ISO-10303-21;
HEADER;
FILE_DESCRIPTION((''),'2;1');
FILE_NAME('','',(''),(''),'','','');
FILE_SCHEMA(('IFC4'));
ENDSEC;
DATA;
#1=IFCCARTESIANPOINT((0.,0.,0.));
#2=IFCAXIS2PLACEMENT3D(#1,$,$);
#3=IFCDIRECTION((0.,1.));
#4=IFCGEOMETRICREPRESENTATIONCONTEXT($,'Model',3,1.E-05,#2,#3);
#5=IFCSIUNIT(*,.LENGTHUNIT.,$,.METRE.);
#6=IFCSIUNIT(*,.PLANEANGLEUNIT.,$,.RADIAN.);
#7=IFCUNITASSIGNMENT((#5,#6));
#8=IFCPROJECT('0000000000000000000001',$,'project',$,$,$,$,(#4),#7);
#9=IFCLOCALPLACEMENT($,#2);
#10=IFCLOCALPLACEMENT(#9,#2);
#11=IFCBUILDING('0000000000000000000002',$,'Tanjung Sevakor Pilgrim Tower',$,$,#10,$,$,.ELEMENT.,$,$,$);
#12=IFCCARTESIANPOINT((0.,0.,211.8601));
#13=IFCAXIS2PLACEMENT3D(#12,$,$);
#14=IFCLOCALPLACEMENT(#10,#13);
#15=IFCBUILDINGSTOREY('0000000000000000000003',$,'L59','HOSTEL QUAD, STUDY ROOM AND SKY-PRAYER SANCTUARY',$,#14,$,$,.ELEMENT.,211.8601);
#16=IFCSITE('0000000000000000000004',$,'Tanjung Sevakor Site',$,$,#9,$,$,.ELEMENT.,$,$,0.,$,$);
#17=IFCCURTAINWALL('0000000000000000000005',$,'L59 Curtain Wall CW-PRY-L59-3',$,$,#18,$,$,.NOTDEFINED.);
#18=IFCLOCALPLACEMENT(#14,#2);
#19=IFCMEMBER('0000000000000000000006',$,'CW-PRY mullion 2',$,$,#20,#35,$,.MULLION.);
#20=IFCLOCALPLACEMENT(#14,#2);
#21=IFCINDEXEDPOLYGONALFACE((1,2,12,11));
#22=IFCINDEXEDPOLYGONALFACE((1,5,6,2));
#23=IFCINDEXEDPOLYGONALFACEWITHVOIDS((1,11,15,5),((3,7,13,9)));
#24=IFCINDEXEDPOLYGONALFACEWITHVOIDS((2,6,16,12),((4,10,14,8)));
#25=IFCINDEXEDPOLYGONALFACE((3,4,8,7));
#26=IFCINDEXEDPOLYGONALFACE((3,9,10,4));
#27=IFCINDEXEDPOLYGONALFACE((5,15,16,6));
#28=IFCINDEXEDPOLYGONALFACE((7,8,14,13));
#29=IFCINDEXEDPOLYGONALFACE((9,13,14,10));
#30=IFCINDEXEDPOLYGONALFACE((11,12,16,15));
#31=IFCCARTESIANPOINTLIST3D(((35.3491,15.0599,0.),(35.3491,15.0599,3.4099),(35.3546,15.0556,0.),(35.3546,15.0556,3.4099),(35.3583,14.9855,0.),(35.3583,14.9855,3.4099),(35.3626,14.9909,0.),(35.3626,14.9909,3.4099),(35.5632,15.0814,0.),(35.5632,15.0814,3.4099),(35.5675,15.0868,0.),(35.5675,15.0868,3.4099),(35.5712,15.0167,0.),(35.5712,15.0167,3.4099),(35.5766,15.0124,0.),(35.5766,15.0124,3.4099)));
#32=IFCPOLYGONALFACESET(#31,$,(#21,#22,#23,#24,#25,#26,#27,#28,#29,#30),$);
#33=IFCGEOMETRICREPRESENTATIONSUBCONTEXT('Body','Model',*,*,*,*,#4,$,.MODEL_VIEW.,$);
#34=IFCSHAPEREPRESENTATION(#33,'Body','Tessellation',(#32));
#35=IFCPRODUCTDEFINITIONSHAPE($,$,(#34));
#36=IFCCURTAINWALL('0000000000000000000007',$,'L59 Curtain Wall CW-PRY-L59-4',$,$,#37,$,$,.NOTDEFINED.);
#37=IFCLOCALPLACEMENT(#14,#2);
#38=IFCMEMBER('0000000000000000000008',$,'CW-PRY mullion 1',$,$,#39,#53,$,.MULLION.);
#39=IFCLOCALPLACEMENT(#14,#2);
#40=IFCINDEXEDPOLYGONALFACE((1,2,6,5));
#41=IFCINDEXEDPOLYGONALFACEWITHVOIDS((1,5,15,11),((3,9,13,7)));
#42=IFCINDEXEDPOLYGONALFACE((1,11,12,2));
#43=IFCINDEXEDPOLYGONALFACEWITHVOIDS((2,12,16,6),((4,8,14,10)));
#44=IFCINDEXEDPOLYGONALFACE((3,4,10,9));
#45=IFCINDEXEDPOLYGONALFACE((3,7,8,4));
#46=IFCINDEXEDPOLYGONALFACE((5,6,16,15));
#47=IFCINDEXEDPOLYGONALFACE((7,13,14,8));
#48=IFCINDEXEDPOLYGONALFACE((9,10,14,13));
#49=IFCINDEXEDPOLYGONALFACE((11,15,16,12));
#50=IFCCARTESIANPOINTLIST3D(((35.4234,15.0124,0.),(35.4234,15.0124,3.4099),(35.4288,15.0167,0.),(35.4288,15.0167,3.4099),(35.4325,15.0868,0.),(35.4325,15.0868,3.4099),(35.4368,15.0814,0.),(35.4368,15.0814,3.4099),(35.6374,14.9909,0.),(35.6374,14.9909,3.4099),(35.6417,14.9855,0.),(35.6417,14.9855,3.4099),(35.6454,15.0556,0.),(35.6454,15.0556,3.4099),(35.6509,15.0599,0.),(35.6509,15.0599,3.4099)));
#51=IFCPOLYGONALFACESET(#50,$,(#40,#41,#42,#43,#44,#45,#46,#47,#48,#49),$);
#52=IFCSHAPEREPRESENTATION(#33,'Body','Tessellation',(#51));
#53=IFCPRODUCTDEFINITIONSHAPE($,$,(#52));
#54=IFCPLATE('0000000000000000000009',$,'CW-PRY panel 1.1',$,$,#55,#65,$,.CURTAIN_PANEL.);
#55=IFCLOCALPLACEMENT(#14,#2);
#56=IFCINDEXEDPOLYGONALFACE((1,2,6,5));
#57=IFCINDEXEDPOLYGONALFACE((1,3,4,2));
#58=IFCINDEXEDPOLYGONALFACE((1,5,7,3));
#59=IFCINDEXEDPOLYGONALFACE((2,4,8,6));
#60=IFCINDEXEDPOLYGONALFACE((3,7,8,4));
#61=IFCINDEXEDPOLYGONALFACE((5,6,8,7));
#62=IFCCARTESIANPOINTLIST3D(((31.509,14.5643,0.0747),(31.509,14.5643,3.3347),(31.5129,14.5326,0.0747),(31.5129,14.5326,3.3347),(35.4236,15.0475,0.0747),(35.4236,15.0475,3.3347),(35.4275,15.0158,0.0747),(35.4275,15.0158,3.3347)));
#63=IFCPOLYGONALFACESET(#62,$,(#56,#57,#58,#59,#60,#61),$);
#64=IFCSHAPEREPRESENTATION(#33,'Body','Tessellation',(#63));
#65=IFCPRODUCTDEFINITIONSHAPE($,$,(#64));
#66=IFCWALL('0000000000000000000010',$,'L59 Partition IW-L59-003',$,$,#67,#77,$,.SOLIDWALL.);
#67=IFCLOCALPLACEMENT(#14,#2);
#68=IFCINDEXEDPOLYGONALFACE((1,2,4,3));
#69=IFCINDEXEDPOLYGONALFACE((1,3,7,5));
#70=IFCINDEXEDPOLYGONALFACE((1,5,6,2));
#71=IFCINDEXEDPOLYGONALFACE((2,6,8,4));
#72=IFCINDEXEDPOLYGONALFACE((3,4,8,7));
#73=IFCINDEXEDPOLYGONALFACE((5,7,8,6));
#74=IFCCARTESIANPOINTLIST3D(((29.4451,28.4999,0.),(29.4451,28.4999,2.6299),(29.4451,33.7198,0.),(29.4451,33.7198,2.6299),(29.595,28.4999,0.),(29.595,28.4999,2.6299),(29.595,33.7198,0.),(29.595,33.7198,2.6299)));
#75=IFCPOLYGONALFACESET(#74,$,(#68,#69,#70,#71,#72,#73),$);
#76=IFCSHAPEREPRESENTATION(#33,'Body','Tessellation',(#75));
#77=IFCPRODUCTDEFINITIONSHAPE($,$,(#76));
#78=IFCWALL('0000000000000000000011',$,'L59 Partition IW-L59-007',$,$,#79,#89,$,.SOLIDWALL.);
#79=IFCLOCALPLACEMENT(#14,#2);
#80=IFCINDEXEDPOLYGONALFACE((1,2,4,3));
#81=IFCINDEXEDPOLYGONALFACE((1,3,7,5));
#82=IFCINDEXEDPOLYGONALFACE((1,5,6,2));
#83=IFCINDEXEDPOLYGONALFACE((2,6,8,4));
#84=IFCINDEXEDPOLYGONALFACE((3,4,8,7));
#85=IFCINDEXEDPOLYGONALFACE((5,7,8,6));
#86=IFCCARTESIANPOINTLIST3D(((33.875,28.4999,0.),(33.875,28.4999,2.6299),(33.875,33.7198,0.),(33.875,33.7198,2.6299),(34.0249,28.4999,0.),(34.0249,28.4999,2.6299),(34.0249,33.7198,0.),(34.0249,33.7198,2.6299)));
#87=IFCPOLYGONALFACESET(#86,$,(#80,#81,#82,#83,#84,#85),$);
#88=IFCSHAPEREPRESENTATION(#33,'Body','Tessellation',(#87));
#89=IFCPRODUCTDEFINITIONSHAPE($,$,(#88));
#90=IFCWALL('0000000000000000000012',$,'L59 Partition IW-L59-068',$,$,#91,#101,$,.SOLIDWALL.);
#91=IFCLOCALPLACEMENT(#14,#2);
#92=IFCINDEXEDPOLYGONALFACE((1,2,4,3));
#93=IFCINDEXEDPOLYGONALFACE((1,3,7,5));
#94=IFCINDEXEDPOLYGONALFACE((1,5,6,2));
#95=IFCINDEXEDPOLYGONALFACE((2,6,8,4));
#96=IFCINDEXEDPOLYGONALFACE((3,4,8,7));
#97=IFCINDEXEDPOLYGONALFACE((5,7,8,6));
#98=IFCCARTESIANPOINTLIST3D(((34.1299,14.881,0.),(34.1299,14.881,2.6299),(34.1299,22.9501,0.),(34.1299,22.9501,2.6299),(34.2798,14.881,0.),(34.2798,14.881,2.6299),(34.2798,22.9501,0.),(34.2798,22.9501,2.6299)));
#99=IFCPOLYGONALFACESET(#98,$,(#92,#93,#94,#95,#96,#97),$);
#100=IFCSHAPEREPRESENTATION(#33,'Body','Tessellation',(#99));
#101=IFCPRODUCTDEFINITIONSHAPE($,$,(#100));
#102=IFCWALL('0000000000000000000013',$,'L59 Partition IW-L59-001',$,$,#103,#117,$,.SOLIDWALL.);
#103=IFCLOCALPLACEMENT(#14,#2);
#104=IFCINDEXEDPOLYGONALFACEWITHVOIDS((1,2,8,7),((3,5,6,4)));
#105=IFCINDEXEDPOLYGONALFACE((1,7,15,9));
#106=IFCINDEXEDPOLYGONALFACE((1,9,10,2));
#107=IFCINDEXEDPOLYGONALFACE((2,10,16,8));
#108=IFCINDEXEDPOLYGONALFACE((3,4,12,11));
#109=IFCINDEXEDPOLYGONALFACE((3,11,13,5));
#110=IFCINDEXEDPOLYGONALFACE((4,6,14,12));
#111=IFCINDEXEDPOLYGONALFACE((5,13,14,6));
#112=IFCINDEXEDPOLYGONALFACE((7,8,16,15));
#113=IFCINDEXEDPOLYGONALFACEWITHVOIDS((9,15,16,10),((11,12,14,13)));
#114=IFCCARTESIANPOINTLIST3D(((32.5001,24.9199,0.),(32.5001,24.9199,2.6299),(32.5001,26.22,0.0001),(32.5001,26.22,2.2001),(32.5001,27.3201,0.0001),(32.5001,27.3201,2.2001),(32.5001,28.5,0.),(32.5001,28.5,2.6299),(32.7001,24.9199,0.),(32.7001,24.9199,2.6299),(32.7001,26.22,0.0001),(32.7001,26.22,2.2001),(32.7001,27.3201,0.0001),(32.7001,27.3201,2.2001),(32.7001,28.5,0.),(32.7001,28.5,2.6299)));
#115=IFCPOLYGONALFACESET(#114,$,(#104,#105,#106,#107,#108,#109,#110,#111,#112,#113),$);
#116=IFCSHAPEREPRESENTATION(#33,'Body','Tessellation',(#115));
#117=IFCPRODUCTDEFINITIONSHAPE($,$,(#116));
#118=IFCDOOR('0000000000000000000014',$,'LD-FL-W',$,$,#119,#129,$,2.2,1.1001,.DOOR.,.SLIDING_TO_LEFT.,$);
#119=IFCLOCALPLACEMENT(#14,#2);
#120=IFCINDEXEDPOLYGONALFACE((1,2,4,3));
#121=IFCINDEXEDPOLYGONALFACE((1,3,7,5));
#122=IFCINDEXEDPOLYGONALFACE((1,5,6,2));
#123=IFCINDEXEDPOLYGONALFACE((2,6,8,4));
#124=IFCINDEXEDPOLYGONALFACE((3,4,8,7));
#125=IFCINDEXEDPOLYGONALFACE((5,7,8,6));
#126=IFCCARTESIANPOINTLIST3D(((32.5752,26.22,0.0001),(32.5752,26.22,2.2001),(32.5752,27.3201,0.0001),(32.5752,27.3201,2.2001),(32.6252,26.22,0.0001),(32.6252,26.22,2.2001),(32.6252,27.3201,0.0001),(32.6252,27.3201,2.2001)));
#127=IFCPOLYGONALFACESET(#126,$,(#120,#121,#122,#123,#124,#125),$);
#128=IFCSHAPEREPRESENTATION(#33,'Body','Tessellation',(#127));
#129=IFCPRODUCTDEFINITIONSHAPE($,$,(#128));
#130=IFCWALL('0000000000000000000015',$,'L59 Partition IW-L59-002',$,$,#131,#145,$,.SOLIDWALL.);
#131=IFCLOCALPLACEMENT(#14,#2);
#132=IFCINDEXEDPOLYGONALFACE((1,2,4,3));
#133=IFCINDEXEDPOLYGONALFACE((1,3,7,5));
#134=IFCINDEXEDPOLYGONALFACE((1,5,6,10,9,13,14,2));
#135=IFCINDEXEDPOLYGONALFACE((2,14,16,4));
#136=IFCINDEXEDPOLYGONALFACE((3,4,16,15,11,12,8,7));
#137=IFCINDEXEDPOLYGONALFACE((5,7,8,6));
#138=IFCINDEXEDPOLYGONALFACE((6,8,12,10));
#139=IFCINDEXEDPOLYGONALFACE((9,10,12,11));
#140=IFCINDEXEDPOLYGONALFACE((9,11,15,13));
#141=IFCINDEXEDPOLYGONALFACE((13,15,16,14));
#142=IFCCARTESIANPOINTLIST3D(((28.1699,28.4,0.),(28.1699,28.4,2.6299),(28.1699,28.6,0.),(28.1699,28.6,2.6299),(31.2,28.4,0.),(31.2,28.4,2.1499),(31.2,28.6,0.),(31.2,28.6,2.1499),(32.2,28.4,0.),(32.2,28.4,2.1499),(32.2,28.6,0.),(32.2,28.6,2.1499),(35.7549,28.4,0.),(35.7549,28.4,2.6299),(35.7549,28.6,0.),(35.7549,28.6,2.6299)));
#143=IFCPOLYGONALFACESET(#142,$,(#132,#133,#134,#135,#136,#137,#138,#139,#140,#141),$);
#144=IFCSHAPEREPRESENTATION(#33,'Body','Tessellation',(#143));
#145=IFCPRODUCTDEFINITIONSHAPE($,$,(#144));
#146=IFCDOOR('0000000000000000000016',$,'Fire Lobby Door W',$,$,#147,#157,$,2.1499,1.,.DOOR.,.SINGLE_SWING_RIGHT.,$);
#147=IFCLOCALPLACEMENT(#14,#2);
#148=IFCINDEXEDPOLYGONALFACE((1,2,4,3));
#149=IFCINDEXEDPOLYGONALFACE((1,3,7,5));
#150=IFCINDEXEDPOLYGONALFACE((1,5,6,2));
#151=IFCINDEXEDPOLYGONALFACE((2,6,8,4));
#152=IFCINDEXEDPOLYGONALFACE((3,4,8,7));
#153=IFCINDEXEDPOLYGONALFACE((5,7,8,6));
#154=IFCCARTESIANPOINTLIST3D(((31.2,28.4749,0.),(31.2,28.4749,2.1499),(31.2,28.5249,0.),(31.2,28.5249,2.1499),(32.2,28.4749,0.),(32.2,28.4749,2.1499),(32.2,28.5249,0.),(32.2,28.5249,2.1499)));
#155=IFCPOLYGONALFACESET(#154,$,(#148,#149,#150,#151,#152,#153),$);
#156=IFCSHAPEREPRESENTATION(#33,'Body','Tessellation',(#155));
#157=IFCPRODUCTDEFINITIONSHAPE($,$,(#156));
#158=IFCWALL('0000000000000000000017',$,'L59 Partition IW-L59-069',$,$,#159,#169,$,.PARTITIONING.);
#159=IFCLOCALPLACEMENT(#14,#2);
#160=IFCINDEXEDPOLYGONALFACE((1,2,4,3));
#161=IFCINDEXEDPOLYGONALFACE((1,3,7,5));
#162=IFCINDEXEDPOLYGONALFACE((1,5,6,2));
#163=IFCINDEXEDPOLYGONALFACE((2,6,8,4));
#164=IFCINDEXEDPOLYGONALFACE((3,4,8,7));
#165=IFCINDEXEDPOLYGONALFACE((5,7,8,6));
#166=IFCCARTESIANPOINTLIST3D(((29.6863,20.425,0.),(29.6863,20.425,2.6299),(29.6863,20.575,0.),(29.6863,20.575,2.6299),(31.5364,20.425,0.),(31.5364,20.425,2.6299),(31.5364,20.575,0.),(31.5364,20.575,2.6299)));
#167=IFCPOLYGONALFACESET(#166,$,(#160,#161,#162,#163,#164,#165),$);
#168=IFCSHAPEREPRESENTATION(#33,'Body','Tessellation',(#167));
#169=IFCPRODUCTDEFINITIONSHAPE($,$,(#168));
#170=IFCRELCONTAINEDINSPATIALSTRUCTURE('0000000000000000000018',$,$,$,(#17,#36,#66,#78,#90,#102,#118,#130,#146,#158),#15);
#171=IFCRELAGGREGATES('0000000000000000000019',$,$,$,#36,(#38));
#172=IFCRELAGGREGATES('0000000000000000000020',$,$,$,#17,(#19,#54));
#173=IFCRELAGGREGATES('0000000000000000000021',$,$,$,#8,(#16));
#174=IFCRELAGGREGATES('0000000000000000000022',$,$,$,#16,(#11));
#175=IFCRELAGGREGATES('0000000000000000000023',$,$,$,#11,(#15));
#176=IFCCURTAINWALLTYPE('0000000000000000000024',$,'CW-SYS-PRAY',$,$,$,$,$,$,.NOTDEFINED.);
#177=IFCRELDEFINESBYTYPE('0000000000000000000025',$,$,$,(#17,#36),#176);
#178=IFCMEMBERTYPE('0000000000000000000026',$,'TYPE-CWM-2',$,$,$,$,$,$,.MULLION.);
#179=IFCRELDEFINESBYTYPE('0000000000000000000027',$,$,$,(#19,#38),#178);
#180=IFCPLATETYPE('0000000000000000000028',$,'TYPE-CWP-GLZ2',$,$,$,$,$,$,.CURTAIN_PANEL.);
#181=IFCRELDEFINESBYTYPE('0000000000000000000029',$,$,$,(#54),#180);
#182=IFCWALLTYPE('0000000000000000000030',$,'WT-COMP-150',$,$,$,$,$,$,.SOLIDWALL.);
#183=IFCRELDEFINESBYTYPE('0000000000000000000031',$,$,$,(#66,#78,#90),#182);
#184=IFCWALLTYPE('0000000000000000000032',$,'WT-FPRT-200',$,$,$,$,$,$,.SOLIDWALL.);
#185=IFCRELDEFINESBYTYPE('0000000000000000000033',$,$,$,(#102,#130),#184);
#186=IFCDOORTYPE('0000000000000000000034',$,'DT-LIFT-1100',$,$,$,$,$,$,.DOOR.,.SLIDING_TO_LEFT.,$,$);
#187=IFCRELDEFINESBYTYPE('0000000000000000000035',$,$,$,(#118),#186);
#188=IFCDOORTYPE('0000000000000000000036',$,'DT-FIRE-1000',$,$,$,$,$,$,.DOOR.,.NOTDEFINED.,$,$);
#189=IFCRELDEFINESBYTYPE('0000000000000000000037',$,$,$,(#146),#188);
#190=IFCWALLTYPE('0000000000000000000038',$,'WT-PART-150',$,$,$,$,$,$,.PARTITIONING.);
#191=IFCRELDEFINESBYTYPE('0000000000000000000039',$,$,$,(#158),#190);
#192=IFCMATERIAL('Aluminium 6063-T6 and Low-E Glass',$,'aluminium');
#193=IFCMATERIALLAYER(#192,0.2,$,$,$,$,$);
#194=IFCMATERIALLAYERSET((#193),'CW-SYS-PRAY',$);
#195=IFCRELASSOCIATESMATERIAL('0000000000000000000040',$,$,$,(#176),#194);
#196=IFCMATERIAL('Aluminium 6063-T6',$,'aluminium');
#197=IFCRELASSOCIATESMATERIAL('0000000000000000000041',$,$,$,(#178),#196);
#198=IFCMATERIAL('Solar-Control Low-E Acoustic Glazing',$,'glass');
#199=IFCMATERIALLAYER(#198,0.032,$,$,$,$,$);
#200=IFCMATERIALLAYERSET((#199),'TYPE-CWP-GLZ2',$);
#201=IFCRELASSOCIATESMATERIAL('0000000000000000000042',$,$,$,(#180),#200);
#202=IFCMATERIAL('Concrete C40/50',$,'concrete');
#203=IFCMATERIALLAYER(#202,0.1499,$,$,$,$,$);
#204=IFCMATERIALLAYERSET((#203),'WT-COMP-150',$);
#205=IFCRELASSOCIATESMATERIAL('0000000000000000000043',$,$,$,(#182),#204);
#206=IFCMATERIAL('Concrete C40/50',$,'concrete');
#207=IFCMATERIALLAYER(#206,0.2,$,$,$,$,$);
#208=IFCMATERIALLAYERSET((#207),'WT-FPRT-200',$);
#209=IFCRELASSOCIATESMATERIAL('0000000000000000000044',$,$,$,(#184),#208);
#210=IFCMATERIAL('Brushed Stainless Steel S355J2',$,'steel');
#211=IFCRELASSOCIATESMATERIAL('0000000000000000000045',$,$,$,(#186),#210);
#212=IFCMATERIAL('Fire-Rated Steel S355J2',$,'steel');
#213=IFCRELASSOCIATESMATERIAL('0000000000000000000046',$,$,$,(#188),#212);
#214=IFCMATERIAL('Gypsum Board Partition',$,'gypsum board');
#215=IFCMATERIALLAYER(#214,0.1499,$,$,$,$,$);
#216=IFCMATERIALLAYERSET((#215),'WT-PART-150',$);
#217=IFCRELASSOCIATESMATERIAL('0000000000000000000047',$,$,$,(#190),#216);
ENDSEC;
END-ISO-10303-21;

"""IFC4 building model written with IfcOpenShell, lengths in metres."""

from ifc_helpers import new_model, si_unit, direction, frame, frame_2d, origin, origin_2d, place, context, subcontext, project, spatial, rectangle, hollow_rectangle, extrude, material, layer, layer_set, material_profile, profile_set, type_object, element, fill, aggregate, save


model = new_model("IFC4")

# Units and contexts
model_context = context("Model", 3, precision=1e-05, world=origin(), true_north=direction((0.0, 1.0)))
body_context = subcontext(model_context, "Body", "Model", "MODEL_VIEW")
ifc_project = project(units=[si_unit("LENGTHUNIT", "METRE"), si_unit("PLANEANGLEUNIT", "RADIAN")], contexts=[model_context])

# Site, building, storey
site_placement = place(None, origin())
site = spatial("IfcSite", under=ifc_project, at=site_placement, Name="Tanjung Sevakor Site", CompositionType="ELEMENT", RefElevation=0.0)
building_placement = place(site_placement, origin())
building = spatial("IfcBuilding", under=site, at=building_placement, Name="Tanjung Sevakor Pilgrim Tower", CompositionType="ELEMENT")
storey_placement = place(building_placement, frame((0.0, 0.0, 211.8601)))
storey = spatial("IfcBuildingStorey", under=building, at=storey_placement, Name="L59", Description="HOSTEL QUAD, STUDY ROOM AND SKY-PRAYER SANCTUARY", CompositionType="ELEMENT", Elevation=211.8601)

# Curtain walls, members
ifc_material_1 = material(Name="Aluminium 6063-T6 and Low-E Glass", Category="aluminium")
ifc_layer_1 = layer(ifc_material_1, 0.2)
ifc_layer_set_1 = layer_set([ifc_layer_1], Name="CW-SYS-PRAY")
curtain_wall_type = type_object("IfcCurtainWallType", Name="CW-SYS-PRAY", PredefinedType="NOTDEFINED", material=ifc_layer_set_1)
curtain_wall_1_placement = place(storey_placement, origin())
curtain_wall_1 = element("IfcCurtainWall", 1, at=curtain_wall_1_placement, inside=storey, type_object=curtain_wall_type, Name="L59 Curtain Wall CW-PRY-L59-3", PredefinedType="NOTDEFINED")
ifc_material_2 = material(Name="Aluminium 6063-T6", Category="aluminium")
ifc_material_profile = material_profile(ifc_material_2, hollow_rectangle(XDim=0.075, YDim=0.22, WallThickness=0.0049, at=origin_2d()))
ifc_profile_set = profile_set([ifc_material_profile], Name="Aluminium 6063-T6")
member_type = type_object("IfcMemberType", Name="TYPE-CWM-2", PredefinedType="MULLION", material=ifc_profile_set)
member_1_placement = place(storey_placement, frame((35.4629, 15.0361, 0.0), z_axis=(0.0, 0.0, 1.0), x_axis=(-0.122511, 0.992467, 0.0)))
member_1 = element("IfcMember", 2, at=member_1_placement, type_object=member_type, Name="CW-PRY mullion 2", PredefinedType="MULLION", context=body_context, shape_type="SweptSolid", body=[
    extrude(hollow_rectangle(XDim=0.075, YDim=0.22, WallThickness=0.0049, at=origin_2d()), origin(), (0.0, 0.0, 1.0), 3.4099),
])
curtain_wall_2_placement = place(storey_placement, origin())
curtain_wall_2 = element("IfcCurtainWall", 3, at=curtain_wall_2_placement, inside=storey, type_object=curtain_wall_type, Name="L59 Curtain Wall CW-PRY-L59-4", PredefinedType="NOTDEFINED")
member_2_placement = place(storey_placement, frame((35.5371, 15.0361, 0.0), z_axis=(0.0, 0.0, 1.0), x_axis=(0.122511, 0.992467, 0.0)))
member_2 = element("IfcMember", 4, at=member_2_placement, type_object=member_type, Name="CW-PRY mullion 1", PredefinedType="MULLION", context=body_context, shape_type="SweptSolid", body=[
    extrude(hollow_rectangle(XDim=0.075, YDim=0.22, WallThickness=0.0049, at=origin_2d()), origin(), (0.0, 0.0, 1.0), 3.4099),
])
aggregate(curtain_wall_2, [member_2])

# Plate
ifc_material_3 = material(Name="Solar-Control Low-E Acoustic Glazing", Category="glass")
ifc_layer_2 = layer(ifc_material_3, 0.032)
ifc_layer_set_2 = layer_set([ifc_layer_2], Name="TYPE-CWP-GLZ2")
plate_type = type_object("IfcPlateType", Name="TYPE-CWP-GLZ2", PredefinedType="CURTAIN_PANEL", material=ifc_layer_set_2)
plate_placement = place(storey_placement, frame((33.4683, 14.79, 0.0747), z_axis=(0.0, 0.0, 1.0), x_axis=(0.992467, 0.122511, 0.0)))
plate = element("IfcPlate", 5, at=plate_placement, type_object=plate_type, Name="CW-PRY panel 1.1", PredefinedType="CURTAIN_PANEL", context=body_context, shape_type="SweptSolid", body=[
    extrude(rectangle(XDim=3.9443, YDim=0.032, at=origin_2d()), origin(), (0.0, 0.0, 1.0), 3.26),
])
aggregate(curtain_wall_1, [member_1, plate])

# Wall
ifc_material_4 = material(Name="Concrete C40/50", Category="concrete")
ifc_layer_3 = layer(ifc_material_4, 0.1499)
ifc_layer_set_3 = layer_set([ifc_layer_3], Name="WT-COMP-150")
wall_type_1 = type_object("IfcWallType", Name="WT-COMP-150", PredefinedType="SOLIDWALL", material=ifc_layer_set_3)
wall_1_placement = place(storey_placement, frame((29.52, 28.5, 0.0), z_axis=(0.0, 0.0, 1.0), x_axis=(0.0, 1.0, 0.0)))
element("IfcWall", 6, at=wall_1_placement, inside=storey, type_object=wall_type_1, Name="L59 Partition IW-L59-003", PredefinedType="SOLIDWALL", context=body_context, shape_type="SweptSolid", body=[
    extrude(rectangle(XDim=5.22, YDim=0.1499, at=frame_2d((2.6099, 0.0))), origin(), (0.0, 0.0, 1.0), 2.6299),
])

# Wall
wall_2_placement = place(storey_placement, frame((33.95, 28.5, 0.0), z_axis=(0.0, 0.0, 1.0), x_axis=(0.0, 1.0, 0.0)))
element("IfcWall", 7, at=wall_2_placement, inside=storey, type_object=wall_type_1, Name="L59 Partition IW-L59-007", PredefinedType="SOLIDWALL", context=body_context, shape_type="SweptSolid", body=[
    extrude(rectangle(XDim=5.22, YDim=0.1499, at=frame_2d((2.6099, 0.0))), origin(), (0.0, 0.0, 1.0), 2.6299),
])

# Wall
wall_3_placement = place(storey_placement, frame((34.2048, 14.8809, 0.0), z_axis=(0.0, 0.0, 1.0), x_axis=(0.0, 1.0, 0.0)))
element("IfcWall", 8, at=wall_3_placement, inside=storey, type_object=wall_type_1, Name="L59 Partition IW-L59-068", PredefinedType="SOLIDWALL", context=body_context, shape_type="SweptSolid", body=[
    extrude(rectangle(XDim=8.0691, YDim=0.1499, at=frame_2d((4.0347, 0.0))), origin(), (0.0, 0.0, 1.0), 2.6299),
])

# Walls, openings, doors
ifc_material_5 = material(Name="Concrete C40/50", Category="concrete")
ifc_layer_4 = layer(ifc_material_5, 0.2)
ifc_layer_set_4 = layer_set([ifc_layer_4], Name="WT-FPRT-200")
wall_type_2 = type_object("IfcWallType", Name="WT-FPRT-200", PredefinedType="SOLIDWALL", material=ifc_layer_set_4)
wall_4_placement = place(storey_placement, frame((32.6001, 24.9199, 0.0), z_axis=(0.0, 0.0, 1.0), x_axis=(0.0, 1.0, 0.0)))
wall_4 = element("IfcWall", 9, at=wall_4_placement, inside=storey, type_object=wall_type_2, Name="L59 Partition IW-L59-001", PredefinedType="SOLIDWALL", context=body_context, shape_type="SweptSolid", body=[
    extrude(rectangle(XDim=3.5801, YDim=0.2, at=frame_2d((1.79, 0.0))), origin(), (0.0, 0.0, 1.0), 2.6299),
])
opening_1_placement = place(wall_4_placement, frame((1.3, 0.0, 0.0)))
opening_1 = element("IfcOpeningElement", 10, at=opening_1_placement, cuts=wall_4, PredefinedType="OPENING", context=body_context, shape_type="SweptSolid", body=[
    extrude(rectangle(XDim=1.1001, YDim=2.2, at=frame_2d((0.55, 1.1001))), frame((0.0, 0.1099, 0.0), z_axis=(0.0, -1.0, 0.0), x_axis=(1.0, 0.0, 0.0)), (0.0, 0.0, 1.0), 0.22),
])
ifc_material_6 = material(Name="Brushed Stainless Steel S355J2", Category="steel")
door_type_1 = type_object("IfcDoorType", Name="DT-LIFT-1100", OperationType="SLIDING_TO_LEFT", PredefinedType="DOOR", material=ifc_material_6)
door_1_placement = place(opening_1_placement, origin())
door_1 = element("IfcDoor", 11, at=door_1_placement, inside=storey, type_object=door_type_1, Name="LD-FL-W", OperationType="SLIDING_TO_LEFT", OverallHeight=2.2, OverallWidth=1.1001, PredefinedType="DOOR", context=body_context, shape_type="SweptSolid", body=[
    extrude(rectangle(XDim=1.1001, YDim=2.2, at=frame_2d((0.55, 1.1001))), frame((0.0, 0.0249, 0.0), z_axis=(0.0, -1.0, 0.0), x_axis=(1.0, 0.0, 0.0)), (0.0, 0.0, 1.0), 0.05),
])
fill(opening_1, door_1)
wall_5_placement = place(storey_placement, frame((28.1699, 28.5, 0.0), z_axis=(0.0, 0.0, 1.0), x_axis=(1.0, 0.0, 0.0)))
wall_5 = element("IfcWall", 12, at=wall_5_placement, inside=storey, type_object=wall_type_2, Name="L59 Partition IW-L59-002", PredefinedType="SOLIDWALL", context=body_context, shape_type="SweptSolid", body=[
    extrude(rectangle(XDim=7.585, YDim=0.2, at=frame_2d((3.7925, 0.0))), origin(), (0.0, 0.0, 1.0), 2.6299),
])
opening_2_placement = place(wall_5_placement, frame((3.03, 0.0, 0.0)))
opening_2 = element("IfcOpeningElement", 13, at=opening_2_placement, cuts=wall_5, PredefinedType="OPENING", context=body_context, shape_type="SweptSolid", body=[
    extrude(rectangle(XDim=1.0, YDim=2.1499, at=frame_2d((0.5, 1.075))), frame((0.0, 0.1099, 0.0), z_axis=(0.0, -1.0, 0.0), x_axis=(1.0, 0.0, 0.0)), (0.0, 0.0, 1.0), 0.22),
])
ifc_material_7 = material(Name="Fire-Rated Steel S355J2", Category="steel")
door_type_2 = type_object("IfcDoorType", Name="DT-FIRE-1000", OperationType="NOTDEFINED", PredefinedType="DOOR", material=ifc_material_7)
door_2_placement = place(opening_2_placement, origin())
door_2 = element("IfcDoor", 14, at=door_2_placement, inside=storey, type_object=door_type_2, Name="Fire Lobby Door W", OperationType="SINGLE_SWING_RIGHT", OverallHeight=2.1499, OverallWidth=1.0, PredefinedType="DOOR", context=body_context, shape_type="SweptSolid", body=[
    extrude(rectangle(XDim=1.0, YDim=2.1499, at=frame_2d((0.5, 1.075))), frame((0.0, 0.0249, 0.0), z_axis=(0.0, -1.0, 0.0), x_axis=(1.0, 0.0, 0.0)), (0.0, 0.0, 1.0), 0.05),
])
fill(opening_2, door_2)

# Wall
ifc_material_8 = material(Name="Gypsum Board Partition", Category="gypsum board")
ifc_layer_5 = layer(ifc_material_8, 0.1499)
ifc_layer_set_5 = layer_set([ifc_layer_5], Name="WT-PART-150")
wall_type_3 = type_object("IfcWallType", Name="WT-PART-150", PredefinedType="PARTITIONING", material=ifc_layer_set_5)
wall_6_placement = place(storey_placement, frame((29.6863, 20.5, 0.0), z_axis=(0.0, 0.0, 1.0), x_axis=(1.0, 0.0, 0.0)))
element("IfcWall", 15, at=wall_6_placement, inside=storey, type_object=wall_type_3, Name="L59 Partition IW-L59-069", PredefinedType="PARTITIONING", context=body_context, shape_type="SweptSolid", body=[
    extrude(rectangle(XDim=1.8501, YDim=0.1499, at=frame_2d((0.925, 0.0))), origin(), (0.0, 0.0, 1.0), 2.6299),
])

save(model, "model.ifc")
